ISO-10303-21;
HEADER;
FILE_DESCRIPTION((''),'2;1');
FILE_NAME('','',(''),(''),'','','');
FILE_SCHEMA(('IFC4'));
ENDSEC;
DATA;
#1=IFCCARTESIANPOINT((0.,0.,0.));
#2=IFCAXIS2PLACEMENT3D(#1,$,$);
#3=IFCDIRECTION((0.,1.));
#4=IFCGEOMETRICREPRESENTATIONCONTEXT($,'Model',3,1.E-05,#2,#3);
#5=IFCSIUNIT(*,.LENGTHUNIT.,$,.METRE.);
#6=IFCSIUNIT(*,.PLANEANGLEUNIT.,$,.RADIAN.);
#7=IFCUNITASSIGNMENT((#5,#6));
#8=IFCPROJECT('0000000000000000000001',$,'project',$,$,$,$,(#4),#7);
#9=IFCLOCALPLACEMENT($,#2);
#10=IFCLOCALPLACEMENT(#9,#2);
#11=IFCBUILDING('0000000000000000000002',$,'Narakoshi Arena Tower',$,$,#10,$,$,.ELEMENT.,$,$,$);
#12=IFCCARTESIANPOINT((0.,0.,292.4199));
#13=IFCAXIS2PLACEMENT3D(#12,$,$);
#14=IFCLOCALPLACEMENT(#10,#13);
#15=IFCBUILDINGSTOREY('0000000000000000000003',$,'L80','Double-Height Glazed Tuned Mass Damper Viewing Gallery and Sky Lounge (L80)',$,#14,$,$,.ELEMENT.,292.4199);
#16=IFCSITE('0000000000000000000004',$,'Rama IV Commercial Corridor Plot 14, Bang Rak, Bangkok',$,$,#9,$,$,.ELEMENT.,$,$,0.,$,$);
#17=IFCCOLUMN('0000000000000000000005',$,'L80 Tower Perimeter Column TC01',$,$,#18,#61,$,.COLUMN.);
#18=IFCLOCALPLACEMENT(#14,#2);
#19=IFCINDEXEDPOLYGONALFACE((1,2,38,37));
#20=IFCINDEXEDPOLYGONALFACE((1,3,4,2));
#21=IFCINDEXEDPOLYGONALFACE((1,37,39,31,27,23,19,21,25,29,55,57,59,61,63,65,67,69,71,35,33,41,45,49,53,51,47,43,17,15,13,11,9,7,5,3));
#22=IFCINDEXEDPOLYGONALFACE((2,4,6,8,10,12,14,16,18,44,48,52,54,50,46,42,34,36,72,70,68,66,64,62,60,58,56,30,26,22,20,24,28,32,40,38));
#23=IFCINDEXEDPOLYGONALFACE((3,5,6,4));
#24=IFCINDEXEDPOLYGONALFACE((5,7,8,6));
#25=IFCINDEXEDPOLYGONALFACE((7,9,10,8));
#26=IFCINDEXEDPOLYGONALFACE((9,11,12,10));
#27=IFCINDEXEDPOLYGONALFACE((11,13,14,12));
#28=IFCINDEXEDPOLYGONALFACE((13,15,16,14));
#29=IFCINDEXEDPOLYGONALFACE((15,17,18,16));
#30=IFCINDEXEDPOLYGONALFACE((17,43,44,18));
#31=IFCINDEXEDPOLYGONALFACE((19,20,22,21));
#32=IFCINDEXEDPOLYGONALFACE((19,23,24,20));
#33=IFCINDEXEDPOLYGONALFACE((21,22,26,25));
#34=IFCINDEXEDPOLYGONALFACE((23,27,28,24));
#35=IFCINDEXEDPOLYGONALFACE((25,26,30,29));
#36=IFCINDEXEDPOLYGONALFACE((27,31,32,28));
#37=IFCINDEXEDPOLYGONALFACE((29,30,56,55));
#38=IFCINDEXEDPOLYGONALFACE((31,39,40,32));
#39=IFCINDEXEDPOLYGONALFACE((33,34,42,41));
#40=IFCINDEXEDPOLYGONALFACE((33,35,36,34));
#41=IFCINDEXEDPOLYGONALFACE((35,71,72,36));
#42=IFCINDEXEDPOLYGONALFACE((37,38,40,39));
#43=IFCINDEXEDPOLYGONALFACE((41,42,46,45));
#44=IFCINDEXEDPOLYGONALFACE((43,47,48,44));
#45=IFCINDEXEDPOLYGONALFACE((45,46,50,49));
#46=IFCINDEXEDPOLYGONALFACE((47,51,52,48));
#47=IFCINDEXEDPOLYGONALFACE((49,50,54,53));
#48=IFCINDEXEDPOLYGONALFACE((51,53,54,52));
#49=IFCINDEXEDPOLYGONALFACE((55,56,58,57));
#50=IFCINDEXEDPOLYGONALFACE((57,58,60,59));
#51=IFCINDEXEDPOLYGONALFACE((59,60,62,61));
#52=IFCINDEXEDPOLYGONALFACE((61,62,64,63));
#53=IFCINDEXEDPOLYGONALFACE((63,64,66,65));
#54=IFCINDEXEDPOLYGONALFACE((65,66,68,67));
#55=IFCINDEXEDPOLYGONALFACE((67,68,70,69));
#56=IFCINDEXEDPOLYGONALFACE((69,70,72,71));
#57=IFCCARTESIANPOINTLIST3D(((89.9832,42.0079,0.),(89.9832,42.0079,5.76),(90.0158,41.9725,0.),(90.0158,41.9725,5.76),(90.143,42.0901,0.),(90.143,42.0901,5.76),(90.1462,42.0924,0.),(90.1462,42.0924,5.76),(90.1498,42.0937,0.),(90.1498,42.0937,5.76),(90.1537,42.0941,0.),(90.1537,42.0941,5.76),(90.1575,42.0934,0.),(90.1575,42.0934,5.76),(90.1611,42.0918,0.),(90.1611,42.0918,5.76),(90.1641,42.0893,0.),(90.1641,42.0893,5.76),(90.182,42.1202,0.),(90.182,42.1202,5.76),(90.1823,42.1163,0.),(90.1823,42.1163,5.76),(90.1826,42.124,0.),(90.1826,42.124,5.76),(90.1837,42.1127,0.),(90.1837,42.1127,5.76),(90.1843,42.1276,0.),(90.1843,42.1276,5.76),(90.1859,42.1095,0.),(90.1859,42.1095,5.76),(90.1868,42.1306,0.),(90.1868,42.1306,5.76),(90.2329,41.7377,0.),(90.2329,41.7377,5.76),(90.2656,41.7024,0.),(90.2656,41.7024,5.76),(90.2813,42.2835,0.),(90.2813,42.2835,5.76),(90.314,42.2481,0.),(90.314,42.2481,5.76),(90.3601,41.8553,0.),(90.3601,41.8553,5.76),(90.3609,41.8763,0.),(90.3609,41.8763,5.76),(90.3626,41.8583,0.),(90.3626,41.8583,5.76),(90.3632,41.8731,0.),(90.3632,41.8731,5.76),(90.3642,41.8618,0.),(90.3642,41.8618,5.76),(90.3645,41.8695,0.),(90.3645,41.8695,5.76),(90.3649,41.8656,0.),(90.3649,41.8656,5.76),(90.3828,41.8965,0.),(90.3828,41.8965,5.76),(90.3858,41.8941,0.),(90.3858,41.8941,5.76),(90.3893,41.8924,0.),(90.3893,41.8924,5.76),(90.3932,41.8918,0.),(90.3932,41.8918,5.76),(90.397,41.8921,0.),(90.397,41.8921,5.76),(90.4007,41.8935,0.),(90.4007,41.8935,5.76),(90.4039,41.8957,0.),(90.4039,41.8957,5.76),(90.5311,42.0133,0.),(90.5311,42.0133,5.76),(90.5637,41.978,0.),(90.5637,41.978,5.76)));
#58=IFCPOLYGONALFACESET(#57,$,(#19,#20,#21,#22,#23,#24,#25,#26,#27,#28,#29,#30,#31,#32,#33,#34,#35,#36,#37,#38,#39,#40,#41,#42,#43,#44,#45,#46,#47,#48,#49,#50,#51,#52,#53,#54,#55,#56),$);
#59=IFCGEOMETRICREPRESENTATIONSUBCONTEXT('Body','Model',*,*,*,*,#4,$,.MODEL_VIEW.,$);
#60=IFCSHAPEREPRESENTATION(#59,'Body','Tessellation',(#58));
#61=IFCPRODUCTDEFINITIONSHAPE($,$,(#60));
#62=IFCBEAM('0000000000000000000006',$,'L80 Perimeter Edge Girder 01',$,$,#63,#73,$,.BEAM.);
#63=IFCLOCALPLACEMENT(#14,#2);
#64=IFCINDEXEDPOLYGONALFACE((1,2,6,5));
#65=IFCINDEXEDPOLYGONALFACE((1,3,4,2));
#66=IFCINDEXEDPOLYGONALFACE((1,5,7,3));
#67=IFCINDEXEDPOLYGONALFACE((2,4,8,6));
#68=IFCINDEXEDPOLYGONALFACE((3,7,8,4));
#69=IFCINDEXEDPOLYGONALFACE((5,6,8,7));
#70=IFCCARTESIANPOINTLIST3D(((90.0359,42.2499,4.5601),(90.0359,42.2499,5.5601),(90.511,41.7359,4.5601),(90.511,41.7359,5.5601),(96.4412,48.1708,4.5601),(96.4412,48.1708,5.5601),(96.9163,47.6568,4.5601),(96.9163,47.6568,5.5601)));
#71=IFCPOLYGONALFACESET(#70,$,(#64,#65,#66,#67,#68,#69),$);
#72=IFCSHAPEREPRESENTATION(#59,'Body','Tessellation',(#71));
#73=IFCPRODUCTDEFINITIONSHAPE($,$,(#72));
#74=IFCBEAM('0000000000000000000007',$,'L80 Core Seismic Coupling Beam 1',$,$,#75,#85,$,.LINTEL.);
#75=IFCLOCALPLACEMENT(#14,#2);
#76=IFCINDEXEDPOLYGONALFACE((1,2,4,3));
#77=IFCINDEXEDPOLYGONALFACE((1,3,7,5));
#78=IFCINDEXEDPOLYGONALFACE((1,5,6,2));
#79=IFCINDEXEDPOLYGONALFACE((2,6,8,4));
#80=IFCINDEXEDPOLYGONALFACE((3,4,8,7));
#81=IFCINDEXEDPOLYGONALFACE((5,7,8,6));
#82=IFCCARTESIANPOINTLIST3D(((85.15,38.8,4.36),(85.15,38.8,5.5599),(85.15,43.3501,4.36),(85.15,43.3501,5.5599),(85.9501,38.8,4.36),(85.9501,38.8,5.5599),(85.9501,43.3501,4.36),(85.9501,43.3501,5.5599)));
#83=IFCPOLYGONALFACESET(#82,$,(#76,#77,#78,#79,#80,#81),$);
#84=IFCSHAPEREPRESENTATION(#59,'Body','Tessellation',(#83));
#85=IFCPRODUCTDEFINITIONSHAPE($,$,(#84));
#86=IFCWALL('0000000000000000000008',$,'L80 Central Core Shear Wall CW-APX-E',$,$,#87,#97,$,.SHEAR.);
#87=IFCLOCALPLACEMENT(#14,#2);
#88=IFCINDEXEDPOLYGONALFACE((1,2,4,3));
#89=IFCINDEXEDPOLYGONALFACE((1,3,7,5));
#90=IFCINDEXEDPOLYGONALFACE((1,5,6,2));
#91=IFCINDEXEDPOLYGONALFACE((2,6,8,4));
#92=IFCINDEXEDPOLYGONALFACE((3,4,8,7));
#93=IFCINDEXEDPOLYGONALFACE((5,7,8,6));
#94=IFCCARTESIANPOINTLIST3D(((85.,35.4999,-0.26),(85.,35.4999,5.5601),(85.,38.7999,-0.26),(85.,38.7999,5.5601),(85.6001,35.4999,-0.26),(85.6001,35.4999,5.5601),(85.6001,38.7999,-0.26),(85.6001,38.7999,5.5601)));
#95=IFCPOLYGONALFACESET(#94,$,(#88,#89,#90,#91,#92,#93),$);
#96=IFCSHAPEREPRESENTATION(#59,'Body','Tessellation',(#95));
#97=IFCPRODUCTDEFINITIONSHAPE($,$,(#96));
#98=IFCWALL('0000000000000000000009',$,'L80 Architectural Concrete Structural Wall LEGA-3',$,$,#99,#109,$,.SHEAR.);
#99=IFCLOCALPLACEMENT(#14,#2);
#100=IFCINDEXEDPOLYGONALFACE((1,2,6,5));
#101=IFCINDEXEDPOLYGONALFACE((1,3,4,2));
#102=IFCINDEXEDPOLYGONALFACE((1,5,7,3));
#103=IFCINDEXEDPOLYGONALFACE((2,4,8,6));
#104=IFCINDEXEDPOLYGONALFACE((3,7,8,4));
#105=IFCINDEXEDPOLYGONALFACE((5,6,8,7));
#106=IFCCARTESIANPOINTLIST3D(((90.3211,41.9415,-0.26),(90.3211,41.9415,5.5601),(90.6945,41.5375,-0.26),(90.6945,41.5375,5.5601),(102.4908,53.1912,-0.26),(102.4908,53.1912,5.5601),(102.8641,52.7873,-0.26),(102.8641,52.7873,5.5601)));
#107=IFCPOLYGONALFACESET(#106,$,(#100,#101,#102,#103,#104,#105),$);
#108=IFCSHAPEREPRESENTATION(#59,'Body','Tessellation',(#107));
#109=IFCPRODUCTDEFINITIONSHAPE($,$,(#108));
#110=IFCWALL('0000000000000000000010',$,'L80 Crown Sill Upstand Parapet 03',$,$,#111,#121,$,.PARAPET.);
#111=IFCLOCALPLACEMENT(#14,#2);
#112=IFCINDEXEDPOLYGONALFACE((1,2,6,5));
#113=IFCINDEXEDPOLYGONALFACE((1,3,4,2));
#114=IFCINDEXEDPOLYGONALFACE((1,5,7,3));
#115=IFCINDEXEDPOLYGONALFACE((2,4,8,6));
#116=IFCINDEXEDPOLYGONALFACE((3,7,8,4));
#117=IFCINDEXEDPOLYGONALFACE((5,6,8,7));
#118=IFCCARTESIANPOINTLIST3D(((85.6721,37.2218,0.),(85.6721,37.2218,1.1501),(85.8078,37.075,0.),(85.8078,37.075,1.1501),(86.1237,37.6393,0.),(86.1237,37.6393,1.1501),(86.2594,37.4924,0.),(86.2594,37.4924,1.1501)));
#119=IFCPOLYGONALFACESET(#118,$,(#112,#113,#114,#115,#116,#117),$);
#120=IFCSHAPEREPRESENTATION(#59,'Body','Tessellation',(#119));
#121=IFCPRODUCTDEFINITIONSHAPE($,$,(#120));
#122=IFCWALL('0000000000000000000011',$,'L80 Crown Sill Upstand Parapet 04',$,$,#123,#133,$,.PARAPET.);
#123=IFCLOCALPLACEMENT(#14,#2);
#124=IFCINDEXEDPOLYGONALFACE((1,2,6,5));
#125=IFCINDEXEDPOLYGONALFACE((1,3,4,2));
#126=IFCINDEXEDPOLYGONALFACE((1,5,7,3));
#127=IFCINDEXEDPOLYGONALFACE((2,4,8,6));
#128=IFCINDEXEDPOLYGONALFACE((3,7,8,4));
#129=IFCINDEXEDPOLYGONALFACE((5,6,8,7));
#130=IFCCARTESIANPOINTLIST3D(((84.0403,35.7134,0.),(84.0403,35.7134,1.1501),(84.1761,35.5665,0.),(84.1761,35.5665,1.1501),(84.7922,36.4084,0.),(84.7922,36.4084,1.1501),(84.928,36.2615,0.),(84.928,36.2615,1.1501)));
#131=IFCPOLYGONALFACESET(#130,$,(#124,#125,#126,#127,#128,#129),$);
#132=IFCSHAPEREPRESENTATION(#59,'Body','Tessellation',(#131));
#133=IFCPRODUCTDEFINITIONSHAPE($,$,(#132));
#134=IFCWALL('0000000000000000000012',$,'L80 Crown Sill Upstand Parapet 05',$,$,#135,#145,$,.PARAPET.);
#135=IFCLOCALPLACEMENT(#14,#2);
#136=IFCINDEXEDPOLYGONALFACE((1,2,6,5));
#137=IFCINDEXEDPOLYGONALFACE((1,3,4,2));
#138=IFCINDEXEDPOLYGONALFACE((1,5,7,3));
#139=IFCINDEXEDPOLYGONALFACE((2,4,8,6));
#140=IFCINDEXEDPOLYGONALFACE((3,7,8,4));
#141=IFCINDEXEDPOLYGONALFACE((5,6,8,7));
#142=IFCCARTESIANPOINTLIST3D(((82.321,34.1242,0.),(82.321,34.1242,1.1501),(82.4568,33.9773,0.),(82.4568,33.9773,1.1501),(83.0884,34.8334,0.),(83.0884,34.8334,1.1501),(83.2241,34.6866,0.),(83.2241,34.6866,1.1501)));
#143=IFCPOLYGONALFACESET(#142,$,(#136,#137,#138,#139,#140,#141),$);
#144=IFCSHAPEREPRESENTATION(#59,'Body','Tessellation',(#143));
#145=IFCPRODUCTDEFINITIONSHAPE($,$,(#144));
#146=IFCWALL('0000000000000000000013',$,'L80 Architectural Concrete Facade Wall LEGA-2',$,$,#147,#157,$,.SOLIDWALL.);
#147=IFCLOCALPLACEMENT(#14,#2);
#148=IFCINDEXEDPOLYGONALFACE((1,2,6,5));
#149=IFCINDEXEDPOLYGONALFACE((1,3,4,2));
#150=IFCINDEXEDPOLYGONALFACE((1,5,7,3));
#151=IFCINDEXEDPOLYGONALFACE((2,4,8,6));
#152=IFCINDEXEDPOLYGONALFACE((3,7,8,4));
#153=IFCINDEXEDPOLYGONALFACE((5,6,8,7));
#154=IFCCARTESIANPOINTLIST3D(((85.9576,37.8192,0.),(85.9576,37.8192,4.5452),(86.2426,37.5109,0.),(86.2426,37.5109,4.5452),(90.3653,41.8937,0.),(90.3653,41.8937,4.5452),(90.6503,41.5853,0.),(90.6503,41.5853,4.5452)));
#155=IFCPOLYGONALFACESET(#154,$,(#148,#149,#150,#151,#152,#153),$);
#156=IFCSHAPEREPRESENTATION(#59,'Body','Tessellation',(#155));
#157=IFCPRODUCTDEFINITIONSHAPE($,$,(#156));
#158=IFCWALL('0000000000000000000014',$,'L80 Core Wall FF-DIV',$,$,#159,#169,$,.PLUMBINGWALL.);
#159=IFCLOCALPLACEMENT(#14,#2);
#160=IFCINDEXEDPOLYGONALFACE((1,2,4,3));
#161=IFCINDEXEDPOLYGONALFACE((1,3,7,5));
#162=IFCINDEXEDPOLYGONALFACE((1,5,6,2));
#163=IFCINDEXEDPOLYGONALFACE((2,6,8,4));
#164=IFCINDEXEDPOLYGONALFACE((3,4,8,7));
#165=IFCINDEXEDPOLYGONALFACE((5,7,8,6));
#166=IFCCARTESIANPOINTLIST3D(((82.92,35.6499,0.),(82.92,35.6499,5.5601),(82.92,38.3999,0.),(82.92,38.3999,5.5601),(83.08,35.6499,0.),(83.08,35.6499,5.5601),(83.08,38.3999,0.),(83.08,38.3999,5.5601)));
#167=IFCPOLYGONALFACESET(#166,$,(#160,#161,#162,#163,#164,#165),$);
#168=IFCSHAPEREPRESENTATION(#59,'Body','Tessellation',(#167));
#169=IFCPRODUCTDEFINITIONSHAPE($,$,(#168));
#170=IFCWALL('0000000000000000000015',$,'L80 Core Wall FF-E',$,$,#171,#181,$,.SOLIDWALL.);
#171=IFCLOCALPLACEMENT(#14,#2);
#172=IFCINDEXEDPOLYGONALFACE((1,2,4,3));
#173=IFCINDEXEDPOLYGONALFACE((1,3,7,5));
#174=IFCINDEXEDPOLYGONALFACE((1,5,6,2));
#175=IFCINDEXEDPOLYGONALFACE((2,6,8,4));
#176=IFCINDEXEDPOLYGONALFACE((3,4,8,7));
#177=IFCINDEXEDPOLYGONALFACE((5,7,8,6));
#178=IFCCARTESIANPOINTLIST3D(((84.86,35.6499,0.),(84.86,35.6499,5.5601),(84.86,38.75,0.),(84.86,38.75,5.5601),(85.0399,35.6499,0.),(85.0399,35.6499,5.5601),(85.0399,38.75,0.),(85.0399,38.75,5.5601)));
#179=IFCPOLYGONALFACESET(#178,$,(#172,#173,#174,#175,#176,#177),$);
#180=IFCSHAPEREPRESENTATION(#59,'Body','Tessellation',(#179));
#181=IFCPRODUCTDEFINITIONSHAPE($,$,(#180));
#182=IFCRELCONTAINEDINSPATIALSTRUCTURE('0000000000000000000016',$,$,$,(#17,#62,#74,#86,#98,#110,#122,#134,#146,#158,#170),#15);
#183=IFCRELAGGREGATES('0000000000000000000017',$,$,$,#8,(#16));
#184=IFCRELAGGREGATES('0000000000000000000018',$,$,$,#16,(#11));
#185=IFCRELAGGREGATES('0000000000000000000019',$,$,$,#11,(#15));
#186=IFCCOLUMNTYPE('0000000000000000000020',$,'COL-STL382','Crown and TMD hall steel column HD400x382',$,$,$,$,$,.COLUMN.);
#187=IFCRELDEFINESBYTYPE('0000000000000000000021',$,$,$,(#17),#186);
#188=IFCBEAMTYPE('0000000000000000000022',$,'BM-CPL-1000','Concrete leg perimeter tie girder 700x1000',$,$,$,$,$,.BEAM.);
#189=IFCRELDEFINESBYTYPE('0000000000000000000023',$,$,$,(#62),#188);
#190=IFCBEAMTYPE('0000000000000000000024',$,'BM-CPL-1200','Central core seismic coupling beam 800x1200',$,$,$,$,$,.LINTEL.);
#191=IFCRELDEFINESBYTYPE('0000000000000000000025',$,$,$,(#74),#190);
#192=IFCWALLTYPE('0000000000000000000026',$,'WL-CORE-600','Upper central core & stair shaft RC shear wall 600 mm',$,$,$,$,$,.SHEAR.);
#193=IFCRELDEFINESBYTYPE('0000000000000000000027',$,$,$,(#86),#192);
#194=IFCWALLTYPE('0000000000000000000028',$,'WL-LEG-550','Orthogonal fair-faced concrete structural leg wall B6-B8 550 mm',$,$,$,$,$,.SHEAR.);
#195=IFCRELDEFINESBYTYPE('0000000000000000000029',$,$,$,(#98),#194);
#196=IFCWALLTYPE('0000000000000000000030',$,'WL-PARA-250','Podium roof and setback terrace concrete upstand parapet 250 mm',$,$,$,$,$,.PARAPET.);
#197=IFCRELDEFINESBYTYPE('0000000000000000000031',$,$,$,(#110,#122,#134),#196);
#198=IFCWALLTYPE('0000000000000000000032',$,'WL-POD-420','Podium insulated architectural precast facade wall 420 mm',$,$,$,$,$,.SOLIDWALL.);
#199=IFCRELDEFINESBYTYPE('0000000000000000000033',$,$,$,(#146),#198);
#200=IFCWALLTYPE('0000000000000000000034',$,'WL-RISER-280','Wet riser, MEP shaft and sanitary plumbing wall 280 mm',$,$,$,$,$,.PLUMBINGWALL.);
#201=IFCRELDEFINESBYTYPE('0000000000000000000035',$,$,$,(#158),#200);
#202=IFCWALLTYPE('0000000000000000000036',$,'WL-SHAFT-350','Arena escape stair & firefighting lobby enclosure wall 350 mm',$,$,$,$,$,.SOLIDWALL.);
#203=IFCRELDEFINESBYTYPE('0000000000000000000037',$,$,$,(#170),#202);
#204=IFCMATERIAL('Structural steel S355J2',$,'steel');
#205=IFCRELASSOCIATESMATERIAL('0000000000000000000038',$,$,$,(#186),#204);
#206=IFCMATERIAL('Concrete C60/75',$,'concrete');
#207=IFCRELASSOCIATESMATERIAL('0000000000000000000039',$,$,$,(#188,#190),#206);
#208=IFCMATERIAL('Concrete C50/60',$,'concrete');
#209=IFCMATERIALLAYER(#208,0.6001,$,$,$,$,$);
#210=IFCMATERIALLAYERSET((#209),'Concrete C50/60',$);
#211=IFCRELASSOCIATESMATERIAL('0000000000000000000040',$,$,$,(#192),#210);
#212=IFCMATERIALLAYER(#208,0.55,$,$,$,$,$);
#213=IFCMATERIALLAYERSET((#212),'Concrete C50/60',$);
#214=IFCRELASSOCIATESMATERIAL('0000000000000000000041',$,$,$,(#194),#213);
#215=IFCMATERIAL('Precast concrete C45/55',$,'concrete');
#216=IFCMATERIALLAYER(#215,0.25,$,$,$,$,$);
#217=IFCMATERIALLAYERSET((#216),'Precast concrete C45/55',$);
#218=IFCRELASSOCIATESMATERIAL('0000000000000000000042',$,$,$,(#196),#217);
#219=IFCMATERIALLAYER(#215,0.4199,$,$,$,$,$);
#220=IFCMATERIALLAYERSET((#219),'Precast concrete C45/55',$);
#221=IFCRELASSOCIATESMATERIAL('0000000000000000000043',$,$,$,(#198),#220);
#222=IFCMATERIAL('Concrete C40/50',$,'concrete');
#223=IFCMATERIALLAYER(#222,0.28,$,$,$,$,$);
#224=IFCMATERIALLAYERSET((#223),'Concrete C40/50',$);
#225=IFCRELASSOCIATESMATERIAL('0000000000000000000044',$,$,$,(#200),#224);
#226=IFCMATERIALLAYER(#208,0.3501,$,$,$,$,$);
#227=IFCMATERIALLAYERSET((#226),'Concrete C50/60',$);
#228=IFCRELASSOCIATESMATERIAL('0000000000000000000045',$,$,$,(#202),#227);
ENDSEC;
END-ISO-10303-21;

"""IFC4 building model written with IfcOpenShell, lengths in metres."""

from ifc_helpers import new_model, si_unit, direction, frame, frame_2d, origin, origin_2d, place, context, subcontext, project, spatial, rectangle, i_section, extrude, material, layer, layer_set, material_profile, profile_set, type_object, element, save


model = new_model("IFC4")

# Units and contexts
model_context = context("Model", 3, precision=1e-05, world=origin(), true_north=direction((0.0, 1.0)))
body_context = subcontext(model_context, "Body", "Model", "MODEL_VIEW")
ifc_project = project(units=[si_unit("LENGTHUNIT", "METRE"), si_unit("PLANEANGLEUNIT", "RADIAN")], contexts=[model_context])

# Site, building, storey
site_placement = place(None, origin())
site = spatial("IfcSite", under=ifc_project, at=site_placement, Name="Rama IV Commercial Corridor Plot 14, Bang Rak, Bangkok", CompositionType="ELEMENT", RefElevation=0.0)
building_placement = place(site_placement, origin())
building = spatial("IfcBuilding", under=site, at=building_placement, Name="Narakoshi Arena Tower", CompositionType="ELEMENT")
storey_placement = place(building_placement, frame((0.0, 0.0, 292.4199)))
storey = spatial("IfcBuildingStorey", under=building, at=storey_placement, Name="L80", Description="Double-Height Glazed Tuned Mass Damper Viewing Gallery and Sky Lounge (L80)", CompositionType="ELEMENT", Elevation=292.4199)

# Column
ifc_material_1 = material(Name="Structural steel S355J2", Category="steel")
ifc_material_profile_1 = material_profile(ifc_material_1, i_section(OverallWidth=0.406, OverallDepth=0.416, WebThickness=0.0298, FlangeThickness=0.0481, FilletRadius=0.0149, at=origin_2d()), Name="HD400x382")
ifc_profile_set_1 = profile_set([ifc_material_profile_1], Name="Structural steel S355J2")
column_type = type_object("IfcColumnType", Name="COL-STL382", Description="Crown and TMD hall steel column HD400x382", PredefinedType="COLUMN", material=ifc_profile_set_1)
column_placement = place(storey_placement, frame((90.2734, 41.9929, 0.0), z_axis=(0.0, 0.0, 1.0), x_axis=(0.734323, 0.678801, 0.0)))
element("IfcColumn", 1, at=column_placement, inside=storey, type_object=column_type, Name="L80 Tower Perimeter Column TC01", PredefinedType="COLUMN", context=body_context, shape_type="SweptSolid", body=[
    extrude(i_section(OverallWidth=0.406, OverallDepth=0.416, WebThickness=0.0298, FlangeThickness=0.0481, FilletRadius=0.0149, at=origin_2d()), origin(), (0.0, 0.0, 1.0), 5.76),
])

# Beams
ifc_material_2 = material(Name="Concrete C60/75", Category="concrete")
ifc_material_profile_2 = material_profile(ifc_material_2, rectangle(XDim=0.7, YDim=1.0, at=origin_2d()), Name="RCB700x1000")
ifc_profile_set_2 = profile_set([ifc_material_profile_2], Name="Concrete C60/75")
beam_type_1 = type_object("IfcBeamType", Name="BM-CPL-1000", Description="Concrete leg perimeter tie girder 700x1000", PredefinedType="BEAM", material=ifc_profile_set_2)
beam_1_placement = place(storey_placement, frame((90.2734, 41.9929, 5.0601), z_axis=(0.734327, 0.678796, 0.0), x_axis=(-0.678796, 0.734327, 0.0)))
element("IfcBeam", 2, at=beam_1_placement, inside=storey, type_object=beam_type_1, Name="L80 Perimeter Edge Girder 01", PredefinedType="BEAM", context=body_context, shape_type="SweptSolid", body=[
    extrude(rectangle(XDim=0.7, YDim=1.0, at=origin_2d()), origin(), (0.0, 0.0, 1.0), 8.7227),
])
ifc_material_profile_3 = material_profile(ifc_material_2, rectangle(XDim=0.8, YDim=1.2, at=origin_2d()), Name="RCB800x1200")
ifc_profile_set_3 = profile_set([ifc_material_profile_3], Name="Concrete C60/75")
beam_type_2 = type_object("IfcBeamType", Name="BM-CPL-1200", Description="Central core seismic coupling beam 800x1200", PredefinedType="LINTEL", material=ifc_profile_set_3)
beam_2_placement = place(storey_placement, frame((85.55, 38.8, 4.96), z_axis=(0.0, 1.0, 0.0), x_axis=(-1.0, 0.0, 0.0)))
element("IfcBeam", 3, at=beam_2_placement, inside=storey, type_object=beam_type_2, Name="L80 Core Seismic Coupling Beam 1", PredefinedType="LINTEL", context=body_context, shape_type="SweptSolid", body=[
    extrude(rectangle(XDim=0.8, YDim=1.2, at=origin_2d()), origin(), (0.0, 0.0, 1.0), 4.55),
])

# Walls
ifc_material_3 = material(Name="Concrete C50/60", Category="concrete")
ifc_layer_1 = layer(ifc_material_3, 0.6001)
ifc_layer_set_1 = layer_set([ifc_layer_1], Name="Concrete C50/60")
wall_type_1 = type_object("IfcWallType", Name="WL-CORE-600", Description="Upper central core & stair shaft RC shear wall 600 mm", PredefinedType="SHEAR", material=ifc_layer_set_1)
wall_1_placement = place(storey_placement, frame((85.3, 35.5, -0.26), z_axis=(0.0, 0.0, 1.0), x_axis=(0.0, 1.0, 0.0)))
element("IfcWall", 4, at=wall_1_placement, inside=storey, type_object=wall_type_1, Name="L80 Central Core Shear Wall CW-APX-E", PredefinedType="SHEAR", context=body_context, shape_type="SweptSolid", body=[
    extrude(rectangle(XDim=3.3, YDim=0.6001, at=frame_2d((1.6499, 0.0))), origin(), (0.0, 0.0, 1.0), 5.8201),
])
ifc_layer_2 = layer(ifc_material_3, 0.55)
ifc_layer_set_2 = layer_set([ifc_layer_2], Name="Concrete C50/60")
wall_type_2 = type_object("IfcWallType", Name="WL-LEG-550", Description="Orthogonal fair-faced concrete structural leg wall B6-B8 550 mm", PredefinedType="SHEAR", material=ifc_layer_set_2)
wall_2_placement = place(storey_placement, frame((90.5078, 41.7395, -0.26), z_axis=(0.0, 0.0, 1.0), x_axis=(0.734316, 0.678808, 0.0)))
element("IfcWall", 5, at=wall_2_placement, inside=storey, type_object=wall_type_2, Name="L80 Architectural Concrete Structural Wall LEGA-3", PredefinedType="SHEAR", context=body_context, shape_type="SweptSolid", body=[
    extrude(rectangle(XDim=16.5728, YDim=0.55, at=frame_2d((8.2864, 0.0))), origin(), (0.0, 0.0, 1.0), 5.8201),
])
ifc_material_4 = material(Name="Precast concrete C45/55", Category="concrete")
ifc_layer_3 = layer(ifc_material_4, 0.25)
ifc_layer_set_3 = layer_set([ifc_layer_3], Name="Precast concrete C45/55")
wall_type_3 = type_object("IfcWallType", Name="WL-PARA-250", Description="Podium roof and setback terrace concrete upstand parapet 250 mm", PredefinedType="PARAPET", material=ifc_layer_set_3)
wall_3_placement = place(storey_placement, frame((86.1917, 37.5659, 0.0), z_axis=(0.0, 0.0, 1.0), x_axis=(-0.734347, -0.678775, 0.0)))
element("IfcWall", 6, at=wall_3_placement, inside=storey, type_object=wall_type_3, Name="L80 Crown Sill Upstand Parapet 03", PredefinedType="PARAPET", context=body_context, shape_type="SweptSolid", body=[
    extrude(rectangle(XDim=0.615, YDim=0.2, at=frame_2d((0.3076, 0.0))), origin(), (0.0, 0.0, 1.0), 1.1501),
])
wall_4_placement = place(storey_placement, frame((84.8601, 36.335, 0.0), z_axis=(0.0, 0.0, 1.0), x_axis=(-0.734337, -0.678785, 0.0)))
element("IfcWall", 7, at=wall_4_placement, inside=storey, type_object=wall_type_3, Name="L80 Crown Sill Upstand Parapet 04", PredefinedType="PARAPET", context=body_context, shape_type="SweptSolid", body=[
    extrude(rectangle(XDim=1.0239, YDim=0.2, at=frame_2d((0.512, 0.0))), origin(), (0.0, 0.0, 1.0), 1.1501),
])
wall_5_placement = place(storey_placement, frame((83.1562, 34.76, 0.0), z_axis=(0.0, 0.0, 1.0), x_axis=(-0.734364, -0.678755, 0.0)))
element("IfcWall", 8, at=wall_5_placement, inside=storey, type_object=wall_type_3, Name="L80 Crown Sill Upstand Parapet 05", PredefinedType="PARAPET", context=body_context, shape_type="SweptSolid", body=[
    extrude(rectangle(XDim=1.0449, YDim=0.2, at=frame_2d((0.5225, 0.0))), origin(), (0.0, 0.0, 1.0), 1.1501),
])
ifc_layer_4 = layer(ifc_material_4, 0.4199)
ifc_layer_set_4 = layer_set([ifc_layer_4], Name="Precast concrete C45/55")
wall_type_4 = type_object("IfcWallType", Name="WL-POD-420", Description="Podium insulated architectural precast facade wall 420 mm", PredefinedType="SOLIDWALL", material=ifc_layer_set_4)
wall_6_placement = place(storey_placement, frame((86.1001, 37.665, 0.0), z_axis=(0.0, 0.0, 1.0), x_axis=(0.734321, 0.678802, 0.0)))
element("IfcWall", 9, at=wall_6_placement, inside=storey, type_object=wall_type_4, Name="L80 Architectural Concrete Facade Wall LEGA-2", PredefinedType="SOLIDWALL", context=body_context, shape_type="SweptSolid", body=[
    extrude(rectangle(XDim=6.0024, YDim=0.4199, at=frame_2d((3.0012, 0.0))), origin(), (0.0, 0.0, 1.0), 4.5452),
])
ifc_material_5 = material(Name="Concrete C40/50", Category="concrete")
ifc_layer_5 = layer(ifc_material_5, 0.28)
ifc_layer_set_5 = layer_set([ifc_layer_5], Name="Concrete C40/50")
wall_type_5 = type_object("IfcWallType", Name="WL-RISER-280", Description="Wet riser, MEP shaft and sanitary plumbing wall 280 mm", PredefinedType="PLUMBINGWALL", material=ifc_layer_set_5)
wall_7_placement = place(storey_placement, frame((83.0, 35.6499, 0.0), z_axis=(0.0, 0.0, 1.0), x_axis=(0.0, 1.0, 0.0)))
element("IfcWall", 10, at=wall_7_placement, inside=storey, type_object=wall_type_5, Name="L80 Core Wall FF-DIV", PredefinedType="PLUMBINGWALL", context=body_context, shape_type="SweptSolid", body=[
    extrude(rectangle(XDim=2.75, YDim=0.1599, at=frame_2d((1.375, 0.0))), origin(), (0.0, 0.0, 1.0), 5.5601),
])
ifc_layer_6 = layer(ifc_material_3, 0.3501)
ifc_layer_set_6 = layer_set([ifc_layer_6], Name="Concrete C50/60")
wall_type_6 = type_object("IfcWallType", Name="WL-SHAFT-350", Description="Arena escape stair & firefighting lobby enclosure wall 350 mm", PredefinedType="SOLIDWALL", material=ifc_layer_set_6)
wall_8_placement = place(storey_placement, frame((84.95, 35.6499, 0.0), z_axis=(0.0, 0.0, 1.0), x_axis=(0.0, 1.0, 0.0)))
element("IfcWall", 11, at=wall_8_placement, inside=storey, type_object=wall_type_6, Name="L80 Core Wall FF-E", PredefinedType="SOLIDWALL", context=body_context, shape_type="SweptSolid", body=[
    extrude(rectangle(XDim=3.1001, YDim=0.1799, at=frame_2d((1.55, 0.0))), origin(), (0.0, 0.0, 1.0), 5.5601),
])

save(model, "model.ifc")
